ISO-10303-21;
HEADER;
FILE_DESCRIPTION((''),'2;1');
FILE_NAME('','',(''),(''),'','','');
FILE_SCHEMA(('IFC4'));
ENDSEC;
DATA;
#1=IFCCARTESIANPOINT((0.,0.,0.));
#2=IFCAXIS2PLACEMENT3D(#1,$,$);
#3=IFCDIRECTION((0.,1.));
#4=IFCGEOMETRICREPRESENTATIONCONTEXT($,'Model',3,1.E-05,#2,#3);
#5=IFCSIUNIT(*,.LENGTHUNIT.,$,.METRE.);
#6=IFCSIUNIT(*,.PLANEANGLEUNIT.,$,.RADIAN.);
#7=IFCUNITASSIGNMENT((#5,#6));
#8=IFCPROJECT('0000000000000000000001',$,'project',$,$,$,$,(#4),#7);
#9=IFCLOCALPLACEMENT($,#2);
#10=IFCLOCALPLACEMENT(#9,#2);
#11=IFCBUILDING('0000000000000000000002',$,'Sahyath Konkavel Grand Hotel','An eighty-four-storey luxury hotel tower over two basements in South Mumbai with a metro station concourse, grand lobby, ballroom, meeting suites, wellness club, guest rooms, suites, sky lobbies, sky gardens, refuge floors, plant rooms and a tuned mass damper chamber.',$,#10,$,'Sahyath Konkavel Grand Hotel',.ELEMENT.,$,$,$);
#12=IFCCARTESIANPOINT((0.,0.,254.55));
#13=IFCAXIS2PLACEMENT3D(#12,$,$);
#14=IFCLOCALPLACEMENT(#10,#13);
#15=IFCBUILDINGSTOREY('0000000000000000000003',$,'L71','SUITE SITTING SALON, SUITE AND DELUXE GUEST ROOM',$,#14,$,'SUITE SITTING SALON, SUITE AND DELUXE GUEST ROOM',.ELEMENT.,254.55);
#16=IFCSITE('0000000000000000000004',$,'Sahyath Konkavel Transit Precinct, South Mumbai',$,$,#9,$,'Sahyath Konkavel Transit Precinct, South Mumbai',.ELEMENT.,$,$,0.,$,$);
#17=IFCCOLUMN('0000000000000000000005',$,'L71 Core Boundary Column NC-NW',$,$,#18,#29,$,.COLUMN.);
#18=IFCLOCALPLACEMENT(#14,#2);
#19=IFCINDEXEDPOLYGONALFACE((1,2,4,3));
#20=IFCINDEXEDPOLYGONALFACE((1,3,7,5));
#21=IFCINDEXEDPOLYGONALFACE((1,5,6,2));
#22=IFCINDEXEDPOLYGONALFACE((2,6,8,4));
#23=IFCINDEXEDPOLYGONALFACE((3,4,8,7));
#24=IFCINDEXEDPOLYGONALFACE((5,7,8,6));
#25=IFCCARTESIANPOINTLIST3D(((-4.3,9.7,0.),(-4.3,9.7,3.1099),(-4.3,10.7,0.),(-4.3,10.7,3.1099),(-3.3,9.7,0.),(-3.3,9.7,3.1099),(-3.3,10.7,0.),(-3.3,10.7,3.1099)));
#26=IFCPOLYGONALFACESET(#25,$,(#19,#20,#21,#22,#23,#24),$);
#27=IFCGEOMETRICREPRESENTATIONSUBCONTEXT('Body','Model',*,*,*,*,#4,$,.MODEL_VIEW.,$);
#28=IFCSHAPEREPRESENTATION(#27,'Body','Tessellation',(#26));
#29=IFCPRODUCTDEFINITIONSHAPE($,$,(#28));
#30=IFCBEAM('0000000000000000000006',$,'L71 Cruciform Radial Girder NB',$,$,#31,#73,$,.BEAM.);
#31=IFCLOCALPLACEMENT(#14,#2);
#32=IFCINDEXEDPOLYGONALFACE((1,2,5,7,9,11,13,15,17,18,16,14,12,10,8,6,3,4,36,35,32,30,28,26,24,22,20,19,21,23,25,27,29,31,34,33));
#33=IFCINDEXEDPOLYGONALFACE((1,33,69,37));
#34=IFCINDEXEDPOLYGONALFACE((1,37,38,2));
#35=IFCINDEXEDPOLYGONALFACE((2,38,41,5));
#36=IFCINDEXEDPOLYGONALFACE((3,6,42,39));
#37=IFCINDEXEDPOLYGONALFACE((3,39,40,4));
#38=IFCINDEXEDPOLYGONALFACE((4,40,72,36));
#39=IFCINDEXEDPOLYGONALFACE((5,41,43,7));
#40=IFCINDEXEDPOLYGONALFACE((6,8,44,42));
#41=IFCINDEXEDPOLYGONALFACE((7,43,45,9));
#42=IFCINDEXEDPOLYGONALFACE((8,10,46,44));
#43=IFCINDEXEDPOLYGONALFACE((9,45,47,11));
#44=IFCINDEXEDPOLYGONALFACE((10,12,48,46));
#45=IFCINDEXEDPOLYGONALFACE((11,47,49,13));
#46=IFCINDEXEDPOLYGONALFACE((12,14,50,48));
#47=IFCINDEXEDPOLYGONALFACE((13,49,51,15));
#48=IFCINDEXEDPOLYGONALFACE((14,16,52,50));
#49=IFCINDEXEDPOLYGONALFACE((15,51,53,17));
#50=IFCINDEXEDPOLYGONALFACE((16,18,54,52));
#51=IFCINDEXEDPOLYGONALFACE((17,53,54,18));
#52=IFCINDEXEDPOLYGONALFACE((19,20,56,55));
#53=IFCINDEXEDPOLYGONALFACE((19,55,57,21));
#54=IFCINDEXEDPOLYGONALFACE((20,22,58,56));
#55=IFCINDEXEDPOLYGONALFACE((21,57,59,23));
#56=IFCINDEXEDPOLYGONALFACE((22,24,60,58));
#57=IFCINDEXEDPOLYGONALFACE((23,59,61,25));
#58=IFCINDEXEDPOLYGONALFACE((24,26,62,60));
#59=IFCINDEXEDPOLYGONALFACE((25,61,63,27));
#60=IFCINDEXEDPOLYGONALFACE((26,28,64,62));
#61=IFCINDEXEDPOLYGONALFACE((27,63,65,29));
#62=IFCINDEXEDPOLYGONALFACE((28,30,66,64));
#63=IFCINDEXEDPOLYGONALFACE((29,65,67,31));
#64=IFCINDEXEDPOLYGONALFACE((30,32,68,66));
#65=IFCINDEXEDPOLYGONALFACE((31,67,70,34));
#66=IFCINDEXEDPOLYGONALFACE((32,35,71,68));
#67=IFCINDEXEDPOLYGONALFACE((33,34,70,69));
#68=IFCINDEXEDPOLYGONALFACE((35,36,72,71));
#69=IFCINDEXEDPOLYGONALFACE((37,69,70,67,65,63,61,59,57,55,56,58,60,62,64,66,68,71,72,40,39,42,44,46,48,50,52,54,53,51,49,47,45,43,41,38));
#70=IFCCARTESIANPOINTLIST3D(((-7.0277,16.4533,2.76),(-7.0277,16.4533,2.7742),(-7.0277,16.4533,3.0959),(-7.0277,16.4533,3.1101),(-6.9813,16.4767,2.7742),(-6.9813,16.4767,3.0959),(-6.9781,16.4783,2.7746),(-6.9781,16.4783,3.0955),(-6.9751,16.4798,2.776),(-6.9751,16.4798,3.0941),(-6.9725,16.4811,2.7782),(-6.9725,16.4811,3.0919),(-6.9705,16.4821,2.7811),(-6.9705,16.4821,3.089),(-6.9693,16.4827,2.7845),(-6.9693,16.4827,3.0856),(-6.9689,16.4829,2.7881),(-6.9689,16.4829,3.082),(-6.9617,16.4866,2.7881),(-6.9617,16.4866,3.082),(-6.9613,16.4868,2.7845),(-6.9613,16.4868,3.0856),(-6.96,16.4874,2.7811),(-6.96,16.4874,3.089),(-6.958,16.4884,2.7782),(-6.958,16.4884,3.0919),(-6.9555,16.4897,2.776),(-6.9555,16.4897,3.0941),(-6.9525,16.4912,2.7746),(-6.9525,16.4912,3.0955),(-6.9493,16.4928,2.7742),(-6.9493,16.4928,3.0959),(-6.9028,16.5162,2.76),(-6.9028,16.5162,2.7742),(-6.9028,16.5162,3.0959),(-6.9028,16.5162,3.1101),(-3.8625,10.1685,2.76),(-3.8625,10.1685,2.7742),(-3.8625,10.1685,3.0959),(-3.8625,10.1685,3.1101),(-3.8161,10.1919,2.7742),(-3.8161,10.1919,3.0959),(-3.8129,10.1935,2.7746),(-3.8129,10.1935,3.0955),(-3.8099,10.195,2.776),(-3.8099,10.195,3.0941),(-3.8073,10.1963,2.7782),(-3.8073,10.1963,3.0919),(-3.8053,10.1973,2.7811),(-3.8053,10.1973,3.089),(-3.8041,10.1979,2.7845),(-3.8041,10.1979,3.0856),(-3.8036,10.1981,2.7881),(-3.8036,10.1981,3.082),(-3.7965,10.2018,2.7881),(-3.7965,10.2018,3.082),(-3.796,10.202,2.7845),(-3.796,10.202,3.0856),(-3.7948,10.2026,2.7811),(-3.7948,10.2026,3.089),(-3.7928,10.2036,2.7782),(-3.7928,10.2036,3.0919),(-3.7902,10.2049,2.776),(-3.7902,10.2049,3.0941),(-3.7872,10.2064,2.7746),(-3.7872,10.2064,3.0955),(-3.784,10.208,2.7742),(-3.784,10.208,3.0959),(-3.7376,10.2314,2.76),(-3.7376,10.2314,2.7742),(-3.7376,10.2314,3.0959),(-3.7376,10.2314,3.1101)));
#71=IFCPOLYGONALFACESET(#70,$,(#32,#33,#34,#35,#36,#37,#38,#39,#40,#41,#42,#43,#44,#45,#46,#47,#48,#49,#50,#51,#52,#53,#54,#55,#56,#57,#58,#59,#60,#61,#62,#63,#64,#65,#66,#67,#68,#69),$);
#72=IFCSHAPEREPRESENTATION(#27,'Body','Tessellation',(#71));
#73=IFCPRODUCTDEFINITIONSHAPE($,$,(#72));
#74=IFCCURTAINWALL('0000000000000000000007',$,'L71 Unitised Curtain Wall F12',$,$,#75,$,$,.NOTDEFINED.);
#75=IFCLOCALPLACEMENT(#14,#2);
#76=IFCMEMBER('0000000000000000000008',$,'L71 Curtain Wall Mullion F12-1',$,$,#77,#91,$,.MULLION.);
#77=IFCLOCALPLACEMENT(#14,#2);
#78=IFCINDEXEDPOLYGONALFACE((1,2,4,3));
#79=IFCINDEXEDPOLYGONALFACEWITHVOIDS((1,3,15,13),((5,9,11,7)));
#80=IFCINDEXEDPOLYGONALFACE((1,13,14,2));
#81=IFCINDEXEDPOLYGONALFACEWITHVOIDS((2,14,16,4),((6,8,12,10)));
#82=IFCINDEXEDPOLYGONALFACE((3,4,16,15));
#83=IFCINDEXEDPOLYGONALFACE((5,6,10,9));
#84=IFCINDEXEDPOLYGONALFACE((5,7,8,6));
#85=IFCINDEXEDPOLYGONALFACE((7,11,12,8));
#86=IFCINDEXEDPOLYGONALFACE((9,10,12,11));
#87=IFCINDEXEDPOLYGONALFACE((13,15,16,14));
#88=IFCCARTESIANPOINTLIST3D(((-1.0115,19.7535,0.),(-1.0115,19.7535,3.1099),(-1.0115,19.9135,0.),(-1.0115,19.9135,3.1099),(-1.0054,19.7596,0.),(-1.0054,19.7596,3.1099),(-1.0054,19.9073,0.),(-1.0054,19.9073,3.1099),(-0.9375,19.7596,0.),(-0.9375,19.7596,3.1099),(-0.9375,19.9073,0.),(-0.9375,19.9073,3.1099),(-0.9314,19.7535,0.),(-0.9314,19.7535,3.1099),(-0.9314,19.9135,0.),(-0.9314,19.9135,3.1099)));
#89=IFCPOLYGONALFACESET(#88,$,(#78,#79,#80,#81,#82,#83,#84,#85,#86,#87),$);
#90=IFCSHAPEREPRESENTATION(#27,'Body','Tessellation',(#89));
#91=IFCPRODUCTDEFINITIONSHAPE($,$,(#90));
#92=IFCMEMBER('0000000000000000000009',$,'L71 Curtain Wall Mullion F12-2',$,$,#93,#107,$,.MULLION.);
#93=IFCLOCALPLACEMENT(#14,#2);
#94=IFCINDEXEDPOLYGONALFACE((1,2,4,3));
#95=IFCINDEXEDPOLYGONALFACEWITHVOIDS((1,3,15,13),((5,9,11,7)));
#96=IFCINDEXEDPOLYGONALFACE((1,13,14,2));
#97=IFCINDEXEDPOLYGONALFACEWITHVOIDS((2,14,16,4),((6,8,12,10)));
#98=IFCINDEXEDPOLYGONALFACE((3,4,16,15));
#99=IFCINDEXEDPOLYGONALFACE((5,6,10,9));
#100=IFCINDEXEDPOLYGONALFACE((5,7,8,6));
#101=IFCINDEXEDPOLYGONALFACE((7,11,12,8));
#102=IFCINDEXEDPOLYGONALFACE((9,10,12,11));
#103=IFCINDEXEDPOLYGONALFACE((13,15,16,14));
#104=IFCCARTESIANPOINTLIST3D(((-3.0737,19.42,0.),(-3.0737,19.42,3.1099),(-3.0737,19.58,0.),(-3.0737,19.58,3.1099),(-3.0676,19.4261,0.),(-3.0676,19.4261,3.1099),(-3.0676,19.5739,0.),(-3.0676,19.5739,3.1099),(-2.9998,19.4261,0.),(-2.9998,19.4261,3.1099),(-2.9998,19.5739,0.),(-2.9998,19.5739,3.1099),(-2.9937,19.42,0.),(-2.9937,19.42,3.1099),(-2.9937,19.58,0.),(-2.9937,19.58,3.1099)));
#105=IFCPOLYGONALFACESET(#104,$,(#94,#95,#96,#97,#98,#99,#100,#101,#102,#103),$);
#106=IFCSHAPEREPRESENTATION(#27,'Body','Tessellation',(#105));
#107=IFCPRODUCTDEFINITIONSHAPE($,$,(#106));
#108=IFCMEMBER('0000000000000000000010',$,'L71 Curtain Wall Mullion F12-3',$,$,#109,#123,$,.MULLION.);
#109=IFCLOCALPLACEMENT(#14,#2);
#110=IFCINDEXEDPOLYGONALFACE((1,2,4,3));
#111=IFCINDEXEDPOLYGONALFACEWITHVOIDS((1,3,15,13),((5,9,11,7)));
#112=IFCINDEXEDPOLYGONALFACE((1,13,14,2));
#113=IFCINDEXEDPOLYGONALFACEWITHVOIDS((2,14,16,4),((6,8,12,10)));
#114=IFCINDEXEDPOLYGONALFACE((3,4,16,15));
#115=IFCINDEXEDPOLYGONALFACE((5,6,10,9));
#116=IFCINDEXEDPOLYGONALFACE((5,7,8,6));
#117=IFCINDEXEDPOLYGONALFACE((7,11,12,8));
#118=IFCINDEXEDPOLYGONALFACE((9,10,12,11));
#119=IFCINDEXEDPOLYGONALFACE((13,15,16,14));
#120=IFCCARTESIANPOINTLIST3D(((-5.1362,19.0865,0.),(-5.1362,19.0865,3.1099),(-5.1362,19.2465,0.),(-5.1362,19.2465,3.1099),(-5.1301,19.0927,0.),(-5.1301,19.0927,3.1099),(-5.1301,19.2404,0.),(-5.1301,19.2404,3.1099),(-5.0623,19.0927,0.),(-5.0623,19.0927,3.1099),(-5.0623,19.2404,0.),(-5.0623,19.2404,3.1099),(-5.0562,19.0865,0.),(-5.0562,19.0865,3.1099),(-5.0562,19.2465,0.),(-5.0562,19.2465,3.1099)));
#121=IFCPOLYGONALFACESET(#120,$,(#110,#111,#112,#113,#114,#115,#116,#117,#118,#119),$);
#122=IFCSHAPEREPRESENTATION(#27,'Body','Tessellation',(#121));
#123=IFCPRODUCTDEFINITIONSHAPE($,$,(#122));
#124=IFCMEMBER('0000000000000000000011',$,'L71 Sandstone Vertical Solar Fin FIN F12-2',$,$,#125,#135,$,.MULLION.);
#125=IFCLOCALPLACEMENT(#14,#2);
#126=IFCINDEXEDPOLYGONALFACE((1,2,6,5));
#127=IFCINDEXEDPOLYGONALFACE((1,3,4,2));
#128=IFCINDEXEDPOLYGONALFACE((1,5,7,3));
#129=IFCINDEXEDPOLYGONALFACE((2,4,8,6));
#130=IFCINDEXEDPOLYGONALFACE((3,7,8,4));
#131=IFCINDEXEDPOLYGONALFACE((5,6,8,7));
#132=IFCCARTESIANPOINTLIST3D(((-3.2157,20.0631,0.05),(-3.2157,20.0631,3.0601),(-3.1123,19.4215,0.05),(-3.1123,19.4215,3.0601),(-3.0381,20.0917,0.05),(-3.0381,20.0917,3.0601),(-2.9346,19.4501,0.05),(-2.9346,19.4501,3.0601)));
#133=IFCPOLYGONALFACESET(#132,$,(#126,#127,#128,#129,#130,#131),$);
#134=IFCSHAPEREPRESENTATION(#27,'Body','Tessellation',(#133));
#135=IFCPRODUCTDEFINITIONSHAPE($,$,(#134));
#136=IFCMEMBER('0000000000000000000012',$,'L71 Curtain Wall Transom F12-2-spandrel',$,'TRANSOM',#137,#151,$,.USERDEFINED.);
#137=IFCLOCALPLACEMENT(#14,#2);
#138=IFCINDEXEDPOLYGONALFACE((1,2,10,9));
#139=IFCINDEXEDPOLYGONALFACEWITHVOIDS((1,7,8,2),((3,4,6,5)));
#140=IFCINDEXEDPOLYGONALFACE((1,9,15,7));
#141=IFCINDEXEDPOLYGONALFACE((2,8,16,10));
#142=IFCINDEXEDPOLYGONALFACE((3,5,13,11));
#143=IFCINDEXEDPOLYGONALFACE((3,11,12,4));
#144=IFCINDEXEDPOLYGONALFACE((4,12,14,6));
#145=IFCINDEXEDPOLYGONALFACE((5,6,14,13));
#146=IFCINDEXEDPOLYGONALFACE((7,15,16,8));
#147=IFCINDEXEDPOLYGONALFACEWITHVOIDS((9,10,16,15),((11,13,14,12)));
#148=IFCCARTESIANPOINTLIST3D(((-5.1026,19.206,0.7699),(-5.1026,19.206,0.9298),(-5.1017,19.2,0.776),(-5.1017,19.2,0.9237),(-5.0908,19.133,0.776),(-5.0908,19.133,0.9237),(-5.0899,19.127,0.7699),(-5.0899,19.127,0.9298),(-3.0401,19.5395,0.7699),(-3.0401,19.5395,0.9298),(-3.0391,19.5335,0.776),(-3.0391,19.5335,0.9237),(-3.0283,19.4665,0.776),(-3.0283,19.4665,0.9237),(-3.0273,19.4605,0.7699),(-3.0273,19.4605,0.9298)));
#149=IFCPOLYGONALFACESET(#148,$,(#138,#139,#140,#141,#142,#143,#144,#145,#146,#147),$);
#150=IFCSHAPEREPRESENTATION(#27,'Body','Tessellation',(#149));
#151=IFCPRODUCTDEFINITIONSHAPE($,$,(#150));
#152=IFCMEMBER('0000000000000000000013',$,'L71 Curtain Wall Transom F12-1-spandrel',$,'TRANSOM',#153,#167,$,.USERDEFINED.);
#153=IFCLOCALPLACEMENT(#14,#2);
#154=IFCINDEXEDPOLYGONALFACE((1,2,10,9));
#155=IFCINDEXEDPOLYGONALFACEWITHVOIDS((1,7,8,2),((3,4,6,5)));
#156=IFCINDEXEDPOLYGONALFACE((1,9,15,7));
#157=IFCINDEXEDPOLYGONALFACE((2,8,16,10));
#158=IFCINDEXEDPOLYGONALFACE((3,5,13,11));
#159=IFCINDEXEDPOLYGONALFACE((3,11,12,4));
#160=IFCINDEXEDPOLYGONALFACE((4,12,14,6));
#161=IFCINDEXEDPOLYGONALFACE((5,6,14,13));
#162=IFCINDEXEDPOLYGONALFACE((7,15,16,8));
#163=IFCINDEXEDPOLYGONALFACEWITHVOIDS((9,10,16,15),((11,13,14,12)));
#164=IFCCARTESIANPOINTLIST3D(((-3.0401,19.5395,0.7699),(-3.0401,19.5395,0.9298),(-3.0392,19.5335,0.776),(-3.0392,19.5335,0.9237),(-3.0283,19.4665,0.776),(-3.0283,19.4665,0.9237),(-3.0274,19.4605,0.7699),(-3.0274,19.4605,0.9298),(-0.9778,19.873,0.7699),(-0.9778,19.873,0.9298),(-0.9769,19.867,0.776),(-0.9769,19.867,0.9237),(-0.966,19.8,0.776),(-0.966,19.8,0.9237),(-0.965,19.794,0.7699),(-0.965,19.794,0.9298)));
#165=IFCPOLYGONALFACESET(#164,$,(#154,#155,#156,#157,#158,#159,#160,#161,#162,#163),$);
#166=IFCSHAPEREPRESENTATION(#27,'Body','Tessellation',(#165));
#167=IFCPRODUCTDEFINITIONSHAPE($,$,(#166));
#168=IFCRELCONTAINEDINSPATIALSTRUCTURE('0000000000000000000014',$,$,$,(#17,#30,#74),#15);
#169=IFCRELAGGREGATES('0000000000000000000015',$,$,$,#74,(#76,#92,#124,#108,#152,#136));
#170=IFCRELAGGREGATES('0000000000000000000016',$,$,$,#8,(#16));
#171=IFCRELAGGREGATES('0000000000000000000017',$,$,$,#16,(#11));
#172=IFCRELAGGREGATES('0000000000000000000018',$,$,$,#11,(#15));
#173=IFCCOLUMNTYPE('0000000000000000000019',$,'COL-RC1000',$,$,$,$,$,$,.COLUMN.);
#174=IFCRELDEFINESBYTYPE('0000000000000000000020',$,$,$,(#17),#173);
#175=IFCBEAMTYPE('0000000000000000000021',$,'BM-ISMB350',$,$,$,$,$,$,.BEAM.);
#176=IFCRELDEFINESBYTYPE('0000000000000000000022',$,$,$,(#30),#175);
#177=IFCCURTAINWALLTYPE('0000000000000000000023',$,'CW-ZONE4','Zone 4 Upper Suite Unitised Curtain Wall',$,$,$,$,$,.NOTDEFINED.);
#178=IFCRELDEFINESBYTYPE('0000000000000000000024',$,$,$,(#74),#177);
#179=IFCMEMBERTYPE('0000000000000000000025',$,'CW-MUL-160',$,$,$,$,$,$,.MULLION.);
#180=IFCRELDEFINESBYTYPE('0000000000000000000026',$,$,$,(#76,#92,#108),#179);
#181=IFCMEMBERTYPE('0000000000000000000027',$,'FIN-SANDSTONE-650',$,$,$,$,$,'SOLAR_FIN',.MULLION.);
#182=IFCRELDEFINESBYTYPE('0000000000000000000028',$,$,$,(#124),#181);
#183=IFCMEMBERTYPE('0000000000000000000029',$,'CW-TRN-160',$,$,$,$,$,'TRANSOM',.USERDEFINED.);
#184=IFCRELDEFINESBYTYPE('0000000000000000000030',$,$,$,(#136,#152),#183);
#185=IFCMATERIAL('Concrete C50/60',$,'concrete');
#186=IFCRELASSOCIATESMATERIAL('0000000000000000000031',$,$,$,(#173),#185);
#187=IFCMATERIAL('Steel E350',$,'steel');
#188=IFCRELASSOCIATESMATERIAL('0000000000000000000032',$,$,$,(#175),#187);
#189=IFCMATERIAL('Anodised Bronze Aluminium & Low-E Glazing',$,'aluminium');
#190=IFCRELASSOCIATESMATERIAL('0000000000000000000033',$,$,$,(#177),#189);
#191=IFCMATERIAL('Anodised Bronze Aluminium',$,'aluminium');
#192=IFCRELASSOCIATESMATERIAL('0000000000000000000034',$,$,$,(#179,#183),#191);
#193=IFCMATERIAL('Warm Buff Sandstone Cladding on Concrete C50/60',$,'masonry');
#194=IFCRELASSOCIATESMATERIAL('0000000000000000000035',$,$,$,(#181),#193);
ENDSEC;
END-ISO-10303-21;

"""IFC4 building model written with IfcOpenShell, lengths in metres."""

from ifc_helpers import new_model, si_unit, direction, frame, origin, origin_2d, place, context, subcontext, project, spatial, rectangle, hollow_rectangle, i_section, extrude, source, transform, mapped, material, material_profile, profile_set, type_object, element, aggregate, save


model = new_model("IFC4")

# Units and contexts
model_context = context("Model", 3, precision=1e-05, world=origin(), true_north=direction((0.0, 1.0)))
body_context = subcontext(model_context, "Body", "Model", "MODEL_VIEW")
ifc_project = project(units=[si_unit("LENGTHUNIT", "METRE"), si_unit("PLANEANGLEUNIT", "RADIAN")], contexts=[model_context])

# Site, building, storey
site_placement = place(None, origin())
site = spatial("IfcSite", under=ifc_project, at=site_placement, Name="Sahyath Konkavel Transit Precinct, South Mumbai", LongName="Sahyath Konkavel Transit Precinct, South Mumbai", CompositionType="ELEMENT", RefElevation=0.0)
building_placement = place(site_placement, origin())
building = spatial("IfcBuilding", under=site, at=building_placement, Name="Sahyath Konkavel Grand Hotel", Description="An eighty-four-storey luxury hotel tower over two basements in South Mumbai with a metro station concourse, grand lobby, ballroom, meeting suites, wellness club, guest rooms, suites, sky lobbies, sky gardens, refuge floors, plant rooms and a tuned mass damper chamber.", LongName="Sahyath Konkavel Grand Hotel", CompositionType="ELEMENT")
storey_placement = place(building_placement, frame((0.0, 0.0, 254.55)))
storey = spatial("IfcBuildingStorey", under=building, at=storey_placement, Name="L71", Description="SUITE SITTING SALON, SUITE AND DELUXE GUEST ROOM", LongName="SUITE SITTING SALON, SUITE AND DELUXE GUEST ROOM", CompositionType="ELEMENT", Elevation=254.55)

# Column
ifc_material_1 = material(Name="Concrete C50/60", Category="concrete")
ifc_material_profile_1 = material_profile(ifc_material_1, rectangle(XDim=1.0, YDim=1.0, at=origin_2d()), Name="RC 1000x1000")
ifc_profile_set_1 = profile_set([ifc_material_profile_1], Name="Concrete C50/60")
column_type = type_object("IfcColumnType", Name="COL-RC1000", PredefinedType="COLUMN", material=ifc_profile_set_1)
shared_shape_1 = source(origin(), body_context, "Body", "SweptSolid", [
    extrude(rectangle(XDim=1.0, YDim=1.0, at=origin_2d()), origin(), (0.0, 0.0, 1.0), 3.1099),
])
column_placement = place(storey_placement, frame((-3.8, 10.2, 0.0), z_axis=(0.0, 0.0, 1.0), x_axis=(1.0, 0.0, 0.0)))
element("IfcColumn", 1, at=column_placement, inside=storey, type_object=column_type, Name="L71 Core Boundary Column NC-NW", PredefinedType="COLUMN", context=body_context, shape_type="MappedRepresentation", body=[
    mapped(shared_shape_1, transform((0.0, 0.0, 0.0), scale=1.0)),
])

# Beam
ifc_material_2 = material(Name="Steel E350", Category="steel")
ifc_material_profile_2 = material_profile(ifc_material_2, i_section(OverallWidth=0.1399, OverallDepth=0.3501, WebThickness=0.0081, FlangeThickness=0.0142, FilletRadius=0.0139, at=origin_2d()), Name="ISMB 350")
ifc_profile_set_2 = profile_set([ifc_material_profile_2], Name="Steel E350")
beam_type_1 = type_object("IfcBeamType", Name="BM-ISMB350", PredefinedType="BEAM", material=ifc_profile_set_2)
shared_shape_2 = source(origin(), body_context, "Body", "SweptSolid", [
    extrude(i_section(OverallWidth=0.1399, OverallDepth=0.3501, WebThickness=0.0081, FlangeThickness=0.0142, FilletRadius=0.0139, at=origin_2d()), origin(), (0.0, 0.0, 1.0), 7.0369),
])
beam_1_placement = place(storey_placement, frame((-3.8, 10.2, 2.9351), z_axis=(-0.449807, 0.893126, 0.0), x_axis=(-0.893126, -0.449807, 0.0)))
element("IfcBeam", 2, at=beam_1_placement, inside=storey, type_object=beam_type_1, Name="L71 Cruciform Radial Girder NB", PredefinedType="BEAM", context=body_context, shape_type="MappedRepresentation", body=[
    mapped(shared_shape_2, transform((0.0, 0.0, 0.0), scale=1.0)),
])

# Curtain wall, members
ifc_material_3 = material(Name="Anodised Bronze Aluminium & Low-E Glazing", Category="aluminium")
curtain_wall_type = type_object("IfcCurtainWallType", Name="CW-ZONE4", Description="Zone 4 Upper Suite Unitised Curtain Wall", PredefinedType="NOTDEFINED", material=ifc_material_3)
curtain_wall_placement = place(storey_placement, origin())
curtain_wall = element("IfcCurtainWall", 3, at=curtain_wall_placement, inside=storey, type_object=curtain_wall_type, Name="L71 Unitised Curtain Wall F12", PredefinedType="NOTDEFINED")
ifc_material_4 = material(Name="Anodised Bronze Aluminium", Category="aluminium")
ifc_material_profile_3 = material_profile(ifc_material_4, hollow_rectangle(XDim=0.0801, YDim=0.1599, WallThickness=0.0061, at=origin_2d()), Name="RHS 160x80x6")
ifc_profile_set_3 = profile_set([ifc_material_profile_3], Name="Anodised Bronze Aluminium")
member_type_1 = type_object("IfcMemberType", Name="CW-MUL-160", PredefinedType="MULLION", material=ifc_profile_set_3)
shared_shape_3 = source(origin(), body_context, "Body", "SweptSolid", [
    extrude(hollow_rectangle(XDim=0.0801, YDim=0.1599, WallThickness=0.0061, at=origin_2d()), origin(), (0.0, 0.0, 1.0), 3.1099),
])
member_1_placement = place(storey_placement, frame((-0.9714, 19.8335, 0.0), z_axis=(0.0, 0.0, 1.0), x_axis=(1.0, 0.0, 0.0)))
member_1 = element("IfcMember", 4, at=member_1_placement, type_object=member_type_1, Name="L71 Curtain Wall Mullion F12-1", PredefinedType="MULLION", context=body_context, shape_type="MappedRepresentation", body=[
    mapped(shared_shape_3, transform((0.0, 0.0, 0.0), scale=1.0)),
])
member_2_placement = place(storey_placement, frame((-3.0337, 19.5, 0.0), z_axis=(0.0, 0.0, 1.0), x_axis=(1.0, 0.0, 0.0)))
member_2 = element("IfcMember", 5, at=member_2_placement, type_object=member_type_1, Name="L71 Curtain Wall Mullion F12-2", PredefinedType="MULLION", context=body_context, shape_type="MappedRepresentation", body=[
    mapped(shared_shape_3, transform((0.0, 0.0, 0.0), scale=1.0)),
])
member_3_placement = place(storey_placement, frame((-5.0962, 19.1665, 0.0), z_axis=(0.0, 0.0, 1.0), x_axis=(1.0, 0.0, 0.0)))
member_3 = element("IfcMember", 6, at=member_3_placement, type_object=member_type_1, Name="L71 Curtain Wall Mullion F12-3", PredefinedType="MULLION", context=body_context, shape_type="MappedRepresentation", body=[
    mapped(shared_shape_3, transform((0.0, 0.0, 0.0), scale=1.0)),
])
ifc_material_5 = material(Name="Warm Buff Sandstone Cladding on Concrete C50/60", Category="masonry")
ifc_material_profile_4 = material_profile(ifc_material_5, rectangle(XDim=0.1799, YDim=0.6499, at=origin_2d()), Name="FIN 180x650")
ifc_profile_set_4 = profile_set([ifc_material_profile_4], Name="Warm Buff Sandstone Cladding on Concrete C50/60")
member_type_2 = type_object("IfcMemberType", Name="FIN-SANDSTONE-650", ElementType="SOLAR_FIN", PredefinedType="MULLION", material=ifc_profile_set_4)
shared_shape_4 = source(origin(), body_context, "Body", "SweptSolid", [
    extrude(rectangle(XDim=0.1799, YDim=0.6499, at=origin_2d()), origin(), (0.0, 0.0, 1.0), 3.01),
])
member_4_placement = place(storey_placement, frame((-3.0752, 19.7566, 0.05), z_axis=(0.0, 0.0, 1.0), x_axis=(0.987248, 0.159192, 0.0)))
member_4 = element("IfcMember", 7, at=member_4_placement, type_object=member_type_2, Name="L71 Sandstone Vertical Solar Fin FIN F12-2", PredefinedType="MULLION", context=body_context, shape_type="MappedRepresentation", body=[
    mapped(shared_shape_4, transform((0.0, 0.0, 0.0), scale=1.0)),
])
ifc_material_profile_5 = material_profile(ifc_material_4, hollow_rectangle(XDim=0.0801, YDim=0.1599, WallThickness=0.0061, at=origin_2d()), Name="RHS 160x80x6")
ifc_profile_set_5 = profile_set([ifc_material_profile_5], Name="Anodised Bronze Aluminium")
member_type_3 = type_object("IfcMemberType", Name="CW-TRN-160", ElementType="TRANSOM", PredefinedType="USERDEFINED", material=ifc_profile_set_5)
shared_shape_5 = source(origin(), body_context, "Body", "SweptSolid", [
    extrude(hollow_rectangle(XDim=0.0801, YDim=0.1599, WallThickness=0.0061, at=origin_2d()), origin(), (0.0, 0.0, 1.0), 2.0894),
])
member_5_placement = place(storey_placement, frame((-3.0337, 19.5, 0.8499), z_axis=(-0.987178, -0.159622, 0.0), x_axis=(0.159622, -0.987178, 0.0)))
member_5 = element("IfcMember", 8, at=member_5_placement, type_object=member_type_3, Name="L71 Curtain Wall Transom F12-2-spandrel", ObjectType="TRANSOM", PredefinedType="USERDEFINED", context=body_context, shape_type="MappedRepresentation", body=[
    mapped(shared_shape_5, transform((0.0, 0.0, 0.0), scale=1.0)),
])
shared_shape_6 = source(origin(), body_context, "Body", "SweptSolid", [
    extrude(hollow_rectangle(XDim=0.0801, YDim=0.1599, WallThickness=0.0061, at=origin_2d()), origin(), (0.0, 0.0, 1.0), 2.0891),
])
member_6_placement = place(storey_placement, frame((-0.9714, 19.8335, 0.8499), z_axis=(-0.987175, -0.15964, 0.0), x_axis=(0.15964, -0.987175, 0.0)))
member_6 = element("IfcMember", 9, at=member_6_placement, type_object=member_type_3, Name="L71 Curtain Wall Transom F12-1-spandrel", ObjectType="TRANSOM", PredefinedType="USERDEFINED", context=body_context, shape_type="MappedRepresentation", body=[
    mapped(shared_shape_6, transform((0.0, 0.0, 0.0), scale=1.0)),
])

aggregate(curtain_wall, [member_1, member_2, member_4, member_3, member_6, member_5])

save(model, "model.ifc")
